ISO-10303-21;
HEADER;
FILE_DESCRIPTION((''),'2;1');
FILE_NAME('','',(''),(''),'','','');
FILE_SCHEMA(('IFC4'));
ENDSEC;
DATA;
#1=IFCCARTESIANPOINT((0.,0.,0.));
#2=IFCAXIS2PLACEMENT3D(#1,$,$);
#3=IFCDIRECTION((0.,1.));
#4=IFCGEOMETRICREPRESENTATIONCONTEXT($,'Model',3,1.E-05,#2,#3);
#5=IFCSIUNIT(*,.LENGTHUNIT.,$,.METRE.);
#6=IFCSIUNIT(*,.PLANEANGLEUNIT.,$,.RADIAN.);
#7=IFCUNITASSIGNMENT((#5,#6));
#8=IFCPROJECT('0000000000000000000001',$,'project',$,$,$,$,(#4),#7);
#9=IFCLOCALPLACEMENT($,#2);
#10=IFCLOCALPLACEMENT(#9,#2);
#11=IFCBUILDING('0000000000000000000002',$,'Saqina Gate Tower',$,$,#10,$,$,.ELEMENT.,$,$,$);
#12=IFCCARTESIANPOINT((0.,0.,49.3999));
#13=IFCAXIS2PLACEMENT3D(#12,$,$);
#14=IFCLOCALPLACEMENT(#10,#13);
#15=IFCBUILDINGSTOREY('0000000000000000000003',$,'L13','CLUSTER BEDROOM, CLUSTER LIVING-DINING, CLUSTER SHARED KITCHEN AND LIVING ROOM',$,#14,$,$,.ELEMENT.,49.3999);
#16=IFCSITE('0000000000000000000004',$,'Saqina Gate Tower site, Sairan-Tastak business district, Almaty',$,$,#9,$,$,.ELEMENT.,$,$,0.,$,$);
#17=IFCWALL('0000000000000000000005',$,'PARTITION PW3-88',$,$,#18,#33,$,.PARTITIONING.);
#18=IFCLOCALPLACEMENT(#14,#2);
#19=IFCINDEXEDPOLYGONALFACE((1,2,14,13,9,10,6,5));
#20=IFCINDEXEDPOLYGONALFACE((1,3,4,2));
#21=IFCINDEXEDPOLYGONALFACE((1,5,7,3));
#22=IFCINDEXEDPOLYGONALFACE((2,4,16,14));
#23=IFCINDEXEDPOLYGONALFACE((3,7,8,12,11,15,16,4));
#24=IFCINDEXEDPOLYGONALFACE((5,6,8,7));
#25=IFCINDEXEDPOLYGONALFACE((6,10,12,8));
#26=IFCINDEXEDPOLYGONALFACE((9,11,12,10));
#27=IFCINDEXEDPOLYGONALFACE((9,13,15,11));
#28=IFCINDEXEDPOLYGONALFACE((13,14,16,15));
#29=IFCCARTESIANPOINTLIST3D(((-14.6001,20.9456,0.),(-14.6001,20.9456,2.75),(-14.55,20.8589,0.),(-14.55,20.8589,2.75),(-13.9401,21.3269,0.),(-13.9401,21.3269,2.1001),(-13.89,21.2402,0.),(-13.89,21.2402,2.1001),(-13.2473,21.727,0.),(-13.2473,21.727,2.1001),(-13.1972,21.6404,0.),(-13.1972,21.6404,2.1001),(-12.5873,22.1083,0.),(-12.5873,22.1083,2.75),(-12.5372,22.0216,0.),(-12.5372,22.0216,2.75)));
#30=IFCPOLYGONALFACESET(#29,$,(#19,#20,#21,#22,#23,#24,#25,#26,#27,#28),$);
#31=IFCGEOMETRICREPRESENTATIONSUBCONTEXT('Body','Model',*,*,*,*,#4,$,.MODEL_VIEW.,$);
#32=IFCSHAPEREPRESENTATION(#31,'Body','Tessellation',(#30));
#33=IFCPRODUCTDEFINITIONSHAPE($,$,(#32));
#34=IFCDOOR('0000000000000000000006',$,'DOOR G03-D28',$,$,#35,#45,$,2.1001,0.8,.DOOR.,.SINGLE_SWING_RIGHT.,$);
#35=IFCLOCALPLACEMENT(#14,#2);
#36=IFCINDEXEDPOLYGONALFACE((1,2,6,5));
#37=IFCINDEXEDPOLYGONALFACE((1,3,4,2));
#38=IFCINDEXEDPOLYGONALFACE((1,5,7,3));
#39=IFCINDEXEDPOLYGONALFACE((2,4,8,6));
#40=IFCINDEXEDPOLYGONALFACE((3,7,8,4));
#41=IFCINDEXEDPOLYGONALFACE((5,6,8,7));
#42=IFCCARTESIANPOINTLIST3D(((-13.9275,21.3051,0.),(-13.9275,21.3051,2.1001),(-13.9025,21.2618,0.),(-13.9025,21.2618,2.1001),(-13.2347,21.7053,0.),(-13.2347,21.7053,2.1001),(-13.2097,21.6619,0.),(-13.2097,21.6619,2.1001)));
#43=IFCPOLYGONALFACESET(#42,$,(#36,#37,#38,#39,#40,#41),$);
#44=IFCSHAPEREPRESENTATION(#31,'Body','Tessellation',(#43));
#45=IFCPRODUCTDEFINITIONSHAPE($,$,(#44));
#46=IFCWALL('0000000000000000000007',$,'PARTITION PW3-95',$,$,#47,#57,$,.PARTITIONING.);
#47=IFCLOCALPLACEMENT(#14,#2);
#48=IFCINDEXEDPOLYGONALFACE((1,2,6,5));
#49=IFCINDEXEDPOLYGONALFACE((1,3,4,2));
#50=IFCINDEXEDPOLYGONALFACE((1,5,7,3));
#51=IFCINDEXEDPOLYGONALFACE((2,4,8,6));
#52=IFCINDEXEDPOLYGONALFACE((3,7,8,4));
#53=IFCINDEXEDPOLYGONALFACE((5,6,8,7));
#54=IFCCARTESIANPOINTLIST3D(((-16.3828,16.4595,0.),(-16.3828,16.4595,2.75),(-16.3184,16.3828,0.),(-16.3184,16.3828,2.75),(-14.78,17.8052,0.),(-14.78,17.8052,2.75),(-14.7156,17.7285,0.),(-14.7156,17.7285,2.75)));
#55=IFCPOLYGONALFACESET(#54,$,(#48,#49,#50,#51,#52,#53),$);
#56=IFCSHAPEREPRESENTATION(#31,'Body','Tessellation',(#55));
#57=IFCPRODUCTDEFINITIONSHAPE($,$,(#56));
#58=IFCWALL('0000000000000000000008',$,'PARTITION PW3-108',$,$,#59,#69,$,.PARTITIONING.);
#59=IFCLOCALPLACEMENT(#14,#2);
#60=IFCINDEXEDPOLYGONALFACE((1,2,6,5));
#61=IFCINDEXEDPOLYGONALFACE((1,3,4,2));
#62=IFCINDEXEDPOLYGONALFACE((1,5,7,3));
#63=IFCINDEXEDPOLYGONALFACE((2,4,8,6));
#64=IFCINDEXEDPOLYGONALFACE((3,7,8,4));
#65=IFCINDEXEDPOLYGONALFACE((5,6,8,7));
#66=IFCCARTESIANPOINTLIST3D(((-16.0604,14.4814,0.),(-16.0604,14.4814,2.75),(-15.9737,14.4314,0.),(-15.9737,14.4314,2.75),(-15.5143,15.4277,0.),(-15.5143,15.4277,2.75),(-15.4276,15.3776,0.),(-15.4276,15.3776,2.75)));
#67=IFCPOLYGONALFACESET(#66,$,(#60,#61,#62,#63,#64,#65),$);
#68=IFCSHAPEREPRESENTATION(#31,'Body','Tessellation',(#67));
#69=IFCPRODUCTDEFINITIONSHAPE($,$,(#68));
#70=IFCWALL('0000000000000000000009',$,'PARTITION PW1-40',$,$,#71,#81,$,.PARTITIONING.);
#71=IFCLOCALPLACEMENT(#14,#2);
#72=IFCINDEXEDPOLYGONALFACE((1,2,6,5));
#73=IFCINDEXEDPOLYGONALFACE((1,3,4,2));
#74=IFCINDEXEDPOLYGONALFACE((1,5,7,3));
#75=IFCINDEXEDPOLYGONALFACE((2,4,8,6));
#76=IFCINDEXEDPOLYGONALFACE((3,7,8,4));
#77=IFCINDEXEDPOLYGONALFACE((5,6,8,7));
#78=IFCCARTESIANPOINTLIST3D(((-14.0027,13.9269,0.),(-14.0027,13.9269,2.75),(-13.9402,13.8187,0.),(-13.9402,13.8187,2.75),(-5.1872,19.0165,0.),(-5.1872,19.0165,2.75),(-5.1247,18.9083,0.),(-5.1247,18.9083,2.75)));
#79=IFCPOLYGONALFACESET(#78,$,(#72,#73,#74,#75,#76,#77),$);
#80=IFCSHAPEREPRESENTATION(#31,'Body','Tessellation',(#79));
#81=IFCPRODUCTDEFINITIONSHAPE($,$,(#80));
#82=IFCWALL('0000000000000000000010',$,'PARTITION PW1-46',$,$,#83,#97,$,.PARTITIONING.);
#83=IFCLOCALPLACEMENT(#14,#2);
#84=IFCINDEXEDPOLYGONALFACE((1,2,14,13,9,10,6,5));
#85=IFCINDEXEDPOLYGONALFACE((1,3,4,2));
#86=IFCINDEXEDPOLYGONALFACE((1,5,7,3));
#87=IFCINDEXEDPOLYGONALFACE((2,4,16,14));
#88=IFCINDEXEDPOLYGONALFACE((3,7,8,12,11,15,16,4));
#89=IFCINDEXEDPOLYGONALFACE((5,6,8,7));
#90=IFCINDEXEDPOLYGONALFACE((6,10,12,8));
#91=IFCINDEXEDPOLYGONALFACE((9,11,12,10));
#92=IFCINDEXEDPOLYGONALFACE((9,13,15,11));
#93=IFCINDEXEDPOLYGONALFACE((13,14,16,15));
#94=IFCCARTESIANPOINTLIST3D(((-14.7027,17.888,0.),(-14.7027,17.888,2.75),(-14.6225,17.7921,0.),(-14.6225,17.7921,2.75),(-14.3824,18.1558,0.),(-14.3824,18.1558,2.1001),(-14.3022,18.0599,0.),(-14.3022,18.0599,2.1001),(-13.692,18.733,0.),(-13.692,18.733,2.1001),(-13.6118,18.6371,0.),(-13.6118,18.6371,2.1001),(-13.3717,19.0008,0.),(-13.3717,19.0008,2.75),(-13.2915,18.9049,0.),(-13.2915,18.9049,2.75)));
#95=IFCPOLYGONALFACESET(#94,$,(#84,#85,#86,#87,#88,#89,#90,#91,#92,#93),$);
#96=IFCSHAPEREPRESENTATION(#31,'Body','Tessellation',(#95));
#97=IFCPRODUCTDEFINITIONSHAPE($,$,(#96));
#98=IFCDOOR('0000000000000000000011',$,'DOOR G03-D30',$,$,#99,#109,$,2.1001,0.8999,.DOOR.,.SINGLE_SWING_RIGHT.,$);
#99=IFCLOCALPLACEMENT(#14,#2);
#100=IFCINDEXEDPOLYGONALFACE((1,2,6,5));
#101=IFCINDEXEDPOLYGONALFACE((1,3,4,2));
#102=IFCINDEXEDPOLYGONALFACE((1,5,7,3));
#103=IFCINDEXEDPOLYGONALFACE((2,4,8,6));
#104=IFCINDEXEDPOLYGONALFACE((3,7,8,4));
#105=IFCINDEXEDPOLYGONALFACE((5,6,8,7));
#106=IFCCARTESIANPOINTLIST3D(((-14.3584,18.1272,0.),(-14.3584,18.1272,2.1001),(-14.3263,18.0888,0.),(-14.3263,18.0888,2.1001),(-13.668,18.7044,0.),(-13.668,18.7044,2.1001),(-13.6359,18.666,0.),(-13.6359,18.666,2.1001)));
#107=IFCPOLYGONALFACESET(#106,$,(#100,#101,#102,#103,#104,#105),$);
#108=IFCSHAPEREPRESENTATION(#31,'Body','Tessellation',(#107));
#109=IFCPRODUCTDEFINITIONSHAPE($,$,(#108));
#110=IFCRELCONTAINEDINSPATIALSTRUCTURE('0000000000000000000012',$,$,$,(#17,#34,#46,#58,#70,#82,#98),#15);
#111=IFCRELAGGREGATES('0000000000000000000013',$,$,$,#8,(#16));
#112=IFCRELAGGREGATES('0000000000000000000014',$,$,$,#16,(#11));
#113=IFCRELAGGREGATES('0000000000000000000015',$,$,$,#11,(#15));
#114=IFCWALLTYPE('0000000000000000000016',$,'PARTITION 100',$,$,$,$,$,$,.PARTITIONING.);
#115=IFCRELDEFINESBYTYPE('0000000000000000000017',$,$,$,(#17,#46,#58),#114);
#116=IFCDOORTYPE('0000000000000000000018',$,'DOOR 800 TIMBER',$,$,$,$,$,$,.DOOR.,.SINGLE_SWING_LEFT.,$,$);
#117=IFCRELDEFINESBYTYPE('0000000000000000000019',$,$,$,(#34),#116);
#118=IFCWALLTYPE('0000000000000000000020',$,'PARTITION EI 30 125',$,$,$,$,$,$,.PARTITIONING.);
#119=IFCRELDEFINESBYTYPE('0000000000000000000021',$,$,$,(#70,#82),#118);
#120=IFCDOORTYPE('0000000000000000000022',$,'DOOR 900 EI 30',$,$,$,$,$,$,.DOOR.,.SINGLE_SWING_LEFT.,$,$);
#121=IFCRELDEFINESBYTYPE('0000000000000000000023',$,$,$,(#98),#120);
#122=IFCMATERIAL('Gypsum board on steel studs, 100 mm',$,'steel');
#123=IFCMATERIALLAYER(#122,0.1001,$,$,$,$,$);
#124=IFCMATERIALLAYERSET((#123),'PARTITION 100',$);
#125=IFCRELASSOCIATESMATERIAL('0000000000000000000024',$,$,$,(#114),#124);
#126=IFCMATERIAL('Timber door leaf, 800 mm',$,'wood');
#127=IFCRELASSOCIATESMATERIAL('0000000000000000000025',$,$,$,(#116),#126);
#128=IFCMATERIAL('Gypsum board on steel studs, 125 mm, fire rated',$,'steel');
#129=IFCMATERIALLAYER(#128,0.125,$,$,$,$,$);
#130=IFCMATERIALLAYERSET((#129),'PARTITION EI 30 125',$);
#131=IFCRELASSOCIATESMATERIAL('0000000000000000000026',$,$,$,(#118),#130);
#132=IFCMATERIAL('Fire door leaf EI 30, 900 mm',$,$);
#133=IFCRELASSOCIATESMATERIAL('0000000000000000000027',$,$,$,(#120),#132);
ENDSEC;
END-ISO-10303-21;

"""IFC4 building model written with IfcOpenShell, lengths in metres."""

from ifc_helpers import new_model, si_unit, direction, frame, frame_2d, origin, place, context, subcontext, project, spatial, rectangle, extrude, material, layer, layer_set, type_object, element, fill, save


model = new_model("IFC4")

# Units and contexts
model_context = context("Model", 3, precision=1e-05, world=origin(), true_north=direction((0.0, 1.0)))
body_context = subcontext(model_context, "Body", "Model", "MODEL_VIEW")
ifc_project = project(units=[si_unit("LENGTHUNIT", "METRE"), si_unit("PLANEANGLEUNIT", "RADIAN")], contexts=[model_context])

# Site, building, storey
site_placement = place(None, origin())
site = spatial("IfcSite", under=ifc_project, at=site_placement, Name="Saqina Gate Tower site, Sairan-Tastak business district, Almaty", CompositionType="ELEMENT", RefElevation=0.0)
building_placement = place(site_placement, origin())
building = spatial("IfcBuilding", under=site, at=building_placement, Name="Saqina Gate Tower", CompositionType="ELEMENT")
storey_placement = place(building_placement, frame((0.0, 0.0, 49.3999)))
storey = spatial("IfcBuildingStorey", under=building, at=storey_placement, Name="L13", Description="CLUSTER BEDROOM, CLUSTER LIVING-DINING, CLUSTER SHARED KITCHEN AND LIVING ROOM", CompositionType="ELEMENT", Elevation=49.3999)

# Shared definitions
ifc_material_1 = material(Name="Gypsum board on steel studs, 100 mm", Category="steel")
ifc_layer_1 = layer(ifc_material_1, 0.1001)
ifc_layer_set_1 = layer_set([ifc_layer_1], Name="PARTITION 100")
wall_type_1 = type_object("IfcWallType", Name="PARTITION 100", PredefinedType="PARTITIONING", material=ifc_layer_set_1)

# Shared definitions
ifc_material_2 = material(Name="Timber door leaf, 800 mm", Category="wood")
door_type_1 = type_object("IfcDoorType", Name="DOOR 800 TIMBER", OperationType="SINGLE_SWING_LEFT", PredefinedType="DOOR", material=ifc_material_2)

# Wall, opening, door
wall_1_placement = place(storey_placement, frame((-14.575, 20.9023, 0.0), z_axis=(0.0, 0.0, 1.0), x_axis=(0.86592, 0.500183, 0.0)))
wall_1 = element("IfcWall", 1, at=wall_1_placement, inside=storey, type_object=wall_type_1, Name="PARTITION PW3-88", PredefinedType="PARTITIONING", context=body_context, shape_type="SweptSolid", body=[
    extrude(rectangle(XDim=2.3245, YDim=0.1001, at=frame_2d((1.1621, 0.0))), origin(), (0.0, 0.0, 1.0), 2.75),
])
opening_1_placement = place(wall_1_placement, frame((0.7622, 0.0, 0.0)))
opening_1 = element("IfcOpeningElement", 2, at=opening_1_placement, cuts=wall_1, PredefinedType="OPENING", context=body_context, shape_type="SweptSolid", body=[
    extrude(rectangle(XDim=0.8, YDim=2.1001, at=frame_2d((0.3999, 1.05))), frame((0.0, 0.062, 0.0), z_axis=(0.0, -1.0, 0.0), x_axis=(1.0, 0.0, 0.0)), (0.0, 0.0, 1.0), 0.124),
])
door_1_placement = place(opening_1_placement, origin())
door_1 = element("IfcDoor", 3, at=door_1_placement, inside=storey, type_object=door_type_1, Name="DOOR G03-D28", OperationType="SINGLE_SWING_RIGHT", OverallHeight=2.1001, OverallWidth=0.8, PredefinedType="DOOR", context=body_context, shape_type="SweptSolid", body=[
    extrude(rectangle(XDim=0.8, YDim=2.1001, at=frame_2d((0.3999, 1.05))), frame((0.0, 0.0249, 0.0), z_axis=(0.0, -1.0, 0.0), x_axis=(1.0, 0.0, 0.0)), (0.0, 0.0, 1.0), 0.05),
])
fill(opening_1, door_1)

# Walls
wall_2_placement = place(storey_placement, frame((-16.3506, 16.4211, 0.0), z_axis=(0.0, 0.0, 1.0), x_axis=(0.765854, 0.643014, 0.0)))
element("IfcWall", 4, at=wall_2_placement, inside=storey, type_object=wall_type_1, Name="PARTITION PW3-95", PredefinedType="PARTITIONING", context=body_context, shape_type="SweptSolid", body=[
    extrude(rectangle(XDim=2.0928, YDim=0.1001, at=frame_2d((1.0464, 0.0))), origin(), (0.0, 0.0, 1.0), 2.75),
])
wall_3_placement = place(storey_placement, frame((-16.0171, 14.4563, 0.0), z_axis=(0.0, 0.0, 1.0), x_axis=(0.499864, 0.866104, 0.0)))
element("IfcWall", 5, at=wall_3_placement, inside=storey, type_object=wall_type_1, Name="PARTITION PW3-108", PredefinedType="PARTITIONING", context=body_context, shape_type="SweptSolid", body=[
    extrude(rectangle(XDim=1.0925, YDim=0.1001, at=frame_2d((0.5464, 0.0))), origin(), (0.0, 0.0, 1.0), 2.75),
])
ifc_material_3 = material(Name="Gypsum board on steel studs, 125 mm, fire rated", Category="steel")
ifc_layer_2 = layer(ifc_material_3, 0.125)
ifc_layer_set_2 = layer_set([ifc_layer_2], Name="PARTITION EI 30 125")
wall_type_2 = type_object("IfcWallType", Name="PARTITION EI 30 125", PredefinedType="PARTITIONING", material=ifc_layer_set_2)
wall_4_placement = place(storey_placement, frame((-13.9714, 13.8728, 0.0), z_axis=(0.0, 0.0, 1.0), x_axis=(0.866025, 0.500001, 0.0)))
element("IfcWall", 6, at=wall_4_placement, inside=storey, type_object=wall_type_2, Name="PARTITION PW1-40", PredefinedType="PARTITIONING", context=body_context, shape_type="SweptSolid", body=[
    extrude(rectangle(XDim=10.1792, YDim=0.125, at=frame_2d((5.0896, 0.0))), origin(), (0.0, 0.0, 1.0), 2.75),
])

# Wall, opening, door
wall_5_placement = place(storey_placement, frame((-14.6626, 17.8401, 0.0), z_axis=(0.0, 0.0, 1.0), x_axis=(0.767205, 0.641402, 0.0)))
wall_5 = element("IfcWall", 7, at=wall_5_placement, inside=storey, type_object=wall_type_2, Name="PARTITION PW1-46", PredefinedType="PARTITIONING", context=body_context, shape_type="SweptSolid", body=[
    extrude(rectangle(XDim=1.7349, YDim=0.125, at=frame_2d((0.8674, 0.0))), origin(), (0.0, 0.0, 1.0), 2.75),
])
opening_2_placement = place(wall_5_placement, frame((0.4175, 0.0, 0.0)))
opening_2 = element("IfcOpeningElement", 8, at=opening_2_placement, cuts=wall_5, PredefinedType="OPENING", context=body_context, shape_type="SweptSolid", body=[
    extrude(rectangle(XDim=0.8999, YDim=2.1001, at=frame_2d((0.45, 1.05))), frame((0.0, 0.0745, 0.0), z_axis=(0.0, -1.0, 0.0), x_axis=(1.0, 0.0, 0.0)), (0.0, 0.0, 1.0), 0.1489),
])
ifc_material_4 = material(Name="Fire door leaf EI 30, 900 mm")
door_type_2 = type_object("IfcDoorType", Name="DOOR 900 EI 30", OperationType="SINGLE_SWING_LEFT", PredefinedType="DOOR", material=ifc_material_4)
door_2_placement = place(opening_2_placement, frame((0.8999, 0.0, 0.0), z_axis=(0.0, 0.0, 1.0), x_axis=(-1.0, 0.0, 0.0)))
door_2 = element("IfcDoor", 9, at=door_2_placement, inside=storey, type_object=door_type_2, Name="DOOR G03-D30", OperationType="SINGLE_SWING_RIGHT", OverallHeight=2.1001, OverallWidth=0.8999, PredefinedType="DOOR", context=body_context, shape_type="SweptSolid", body=[
    extrude(rectangle(XDim=0.8999, YDim=2.1001, at=frame_2d((0.45, 1.05))), frame((0.0, 0.0249, 0.0), z_axis=(0.0, -1.0, 0.0), x_axis=(1.0, 0.0, 0.0)), (0.0, 0.0, 1.0), 0.05),
])
fill(opening_2, door_2)

save(model, "model.ifc")
